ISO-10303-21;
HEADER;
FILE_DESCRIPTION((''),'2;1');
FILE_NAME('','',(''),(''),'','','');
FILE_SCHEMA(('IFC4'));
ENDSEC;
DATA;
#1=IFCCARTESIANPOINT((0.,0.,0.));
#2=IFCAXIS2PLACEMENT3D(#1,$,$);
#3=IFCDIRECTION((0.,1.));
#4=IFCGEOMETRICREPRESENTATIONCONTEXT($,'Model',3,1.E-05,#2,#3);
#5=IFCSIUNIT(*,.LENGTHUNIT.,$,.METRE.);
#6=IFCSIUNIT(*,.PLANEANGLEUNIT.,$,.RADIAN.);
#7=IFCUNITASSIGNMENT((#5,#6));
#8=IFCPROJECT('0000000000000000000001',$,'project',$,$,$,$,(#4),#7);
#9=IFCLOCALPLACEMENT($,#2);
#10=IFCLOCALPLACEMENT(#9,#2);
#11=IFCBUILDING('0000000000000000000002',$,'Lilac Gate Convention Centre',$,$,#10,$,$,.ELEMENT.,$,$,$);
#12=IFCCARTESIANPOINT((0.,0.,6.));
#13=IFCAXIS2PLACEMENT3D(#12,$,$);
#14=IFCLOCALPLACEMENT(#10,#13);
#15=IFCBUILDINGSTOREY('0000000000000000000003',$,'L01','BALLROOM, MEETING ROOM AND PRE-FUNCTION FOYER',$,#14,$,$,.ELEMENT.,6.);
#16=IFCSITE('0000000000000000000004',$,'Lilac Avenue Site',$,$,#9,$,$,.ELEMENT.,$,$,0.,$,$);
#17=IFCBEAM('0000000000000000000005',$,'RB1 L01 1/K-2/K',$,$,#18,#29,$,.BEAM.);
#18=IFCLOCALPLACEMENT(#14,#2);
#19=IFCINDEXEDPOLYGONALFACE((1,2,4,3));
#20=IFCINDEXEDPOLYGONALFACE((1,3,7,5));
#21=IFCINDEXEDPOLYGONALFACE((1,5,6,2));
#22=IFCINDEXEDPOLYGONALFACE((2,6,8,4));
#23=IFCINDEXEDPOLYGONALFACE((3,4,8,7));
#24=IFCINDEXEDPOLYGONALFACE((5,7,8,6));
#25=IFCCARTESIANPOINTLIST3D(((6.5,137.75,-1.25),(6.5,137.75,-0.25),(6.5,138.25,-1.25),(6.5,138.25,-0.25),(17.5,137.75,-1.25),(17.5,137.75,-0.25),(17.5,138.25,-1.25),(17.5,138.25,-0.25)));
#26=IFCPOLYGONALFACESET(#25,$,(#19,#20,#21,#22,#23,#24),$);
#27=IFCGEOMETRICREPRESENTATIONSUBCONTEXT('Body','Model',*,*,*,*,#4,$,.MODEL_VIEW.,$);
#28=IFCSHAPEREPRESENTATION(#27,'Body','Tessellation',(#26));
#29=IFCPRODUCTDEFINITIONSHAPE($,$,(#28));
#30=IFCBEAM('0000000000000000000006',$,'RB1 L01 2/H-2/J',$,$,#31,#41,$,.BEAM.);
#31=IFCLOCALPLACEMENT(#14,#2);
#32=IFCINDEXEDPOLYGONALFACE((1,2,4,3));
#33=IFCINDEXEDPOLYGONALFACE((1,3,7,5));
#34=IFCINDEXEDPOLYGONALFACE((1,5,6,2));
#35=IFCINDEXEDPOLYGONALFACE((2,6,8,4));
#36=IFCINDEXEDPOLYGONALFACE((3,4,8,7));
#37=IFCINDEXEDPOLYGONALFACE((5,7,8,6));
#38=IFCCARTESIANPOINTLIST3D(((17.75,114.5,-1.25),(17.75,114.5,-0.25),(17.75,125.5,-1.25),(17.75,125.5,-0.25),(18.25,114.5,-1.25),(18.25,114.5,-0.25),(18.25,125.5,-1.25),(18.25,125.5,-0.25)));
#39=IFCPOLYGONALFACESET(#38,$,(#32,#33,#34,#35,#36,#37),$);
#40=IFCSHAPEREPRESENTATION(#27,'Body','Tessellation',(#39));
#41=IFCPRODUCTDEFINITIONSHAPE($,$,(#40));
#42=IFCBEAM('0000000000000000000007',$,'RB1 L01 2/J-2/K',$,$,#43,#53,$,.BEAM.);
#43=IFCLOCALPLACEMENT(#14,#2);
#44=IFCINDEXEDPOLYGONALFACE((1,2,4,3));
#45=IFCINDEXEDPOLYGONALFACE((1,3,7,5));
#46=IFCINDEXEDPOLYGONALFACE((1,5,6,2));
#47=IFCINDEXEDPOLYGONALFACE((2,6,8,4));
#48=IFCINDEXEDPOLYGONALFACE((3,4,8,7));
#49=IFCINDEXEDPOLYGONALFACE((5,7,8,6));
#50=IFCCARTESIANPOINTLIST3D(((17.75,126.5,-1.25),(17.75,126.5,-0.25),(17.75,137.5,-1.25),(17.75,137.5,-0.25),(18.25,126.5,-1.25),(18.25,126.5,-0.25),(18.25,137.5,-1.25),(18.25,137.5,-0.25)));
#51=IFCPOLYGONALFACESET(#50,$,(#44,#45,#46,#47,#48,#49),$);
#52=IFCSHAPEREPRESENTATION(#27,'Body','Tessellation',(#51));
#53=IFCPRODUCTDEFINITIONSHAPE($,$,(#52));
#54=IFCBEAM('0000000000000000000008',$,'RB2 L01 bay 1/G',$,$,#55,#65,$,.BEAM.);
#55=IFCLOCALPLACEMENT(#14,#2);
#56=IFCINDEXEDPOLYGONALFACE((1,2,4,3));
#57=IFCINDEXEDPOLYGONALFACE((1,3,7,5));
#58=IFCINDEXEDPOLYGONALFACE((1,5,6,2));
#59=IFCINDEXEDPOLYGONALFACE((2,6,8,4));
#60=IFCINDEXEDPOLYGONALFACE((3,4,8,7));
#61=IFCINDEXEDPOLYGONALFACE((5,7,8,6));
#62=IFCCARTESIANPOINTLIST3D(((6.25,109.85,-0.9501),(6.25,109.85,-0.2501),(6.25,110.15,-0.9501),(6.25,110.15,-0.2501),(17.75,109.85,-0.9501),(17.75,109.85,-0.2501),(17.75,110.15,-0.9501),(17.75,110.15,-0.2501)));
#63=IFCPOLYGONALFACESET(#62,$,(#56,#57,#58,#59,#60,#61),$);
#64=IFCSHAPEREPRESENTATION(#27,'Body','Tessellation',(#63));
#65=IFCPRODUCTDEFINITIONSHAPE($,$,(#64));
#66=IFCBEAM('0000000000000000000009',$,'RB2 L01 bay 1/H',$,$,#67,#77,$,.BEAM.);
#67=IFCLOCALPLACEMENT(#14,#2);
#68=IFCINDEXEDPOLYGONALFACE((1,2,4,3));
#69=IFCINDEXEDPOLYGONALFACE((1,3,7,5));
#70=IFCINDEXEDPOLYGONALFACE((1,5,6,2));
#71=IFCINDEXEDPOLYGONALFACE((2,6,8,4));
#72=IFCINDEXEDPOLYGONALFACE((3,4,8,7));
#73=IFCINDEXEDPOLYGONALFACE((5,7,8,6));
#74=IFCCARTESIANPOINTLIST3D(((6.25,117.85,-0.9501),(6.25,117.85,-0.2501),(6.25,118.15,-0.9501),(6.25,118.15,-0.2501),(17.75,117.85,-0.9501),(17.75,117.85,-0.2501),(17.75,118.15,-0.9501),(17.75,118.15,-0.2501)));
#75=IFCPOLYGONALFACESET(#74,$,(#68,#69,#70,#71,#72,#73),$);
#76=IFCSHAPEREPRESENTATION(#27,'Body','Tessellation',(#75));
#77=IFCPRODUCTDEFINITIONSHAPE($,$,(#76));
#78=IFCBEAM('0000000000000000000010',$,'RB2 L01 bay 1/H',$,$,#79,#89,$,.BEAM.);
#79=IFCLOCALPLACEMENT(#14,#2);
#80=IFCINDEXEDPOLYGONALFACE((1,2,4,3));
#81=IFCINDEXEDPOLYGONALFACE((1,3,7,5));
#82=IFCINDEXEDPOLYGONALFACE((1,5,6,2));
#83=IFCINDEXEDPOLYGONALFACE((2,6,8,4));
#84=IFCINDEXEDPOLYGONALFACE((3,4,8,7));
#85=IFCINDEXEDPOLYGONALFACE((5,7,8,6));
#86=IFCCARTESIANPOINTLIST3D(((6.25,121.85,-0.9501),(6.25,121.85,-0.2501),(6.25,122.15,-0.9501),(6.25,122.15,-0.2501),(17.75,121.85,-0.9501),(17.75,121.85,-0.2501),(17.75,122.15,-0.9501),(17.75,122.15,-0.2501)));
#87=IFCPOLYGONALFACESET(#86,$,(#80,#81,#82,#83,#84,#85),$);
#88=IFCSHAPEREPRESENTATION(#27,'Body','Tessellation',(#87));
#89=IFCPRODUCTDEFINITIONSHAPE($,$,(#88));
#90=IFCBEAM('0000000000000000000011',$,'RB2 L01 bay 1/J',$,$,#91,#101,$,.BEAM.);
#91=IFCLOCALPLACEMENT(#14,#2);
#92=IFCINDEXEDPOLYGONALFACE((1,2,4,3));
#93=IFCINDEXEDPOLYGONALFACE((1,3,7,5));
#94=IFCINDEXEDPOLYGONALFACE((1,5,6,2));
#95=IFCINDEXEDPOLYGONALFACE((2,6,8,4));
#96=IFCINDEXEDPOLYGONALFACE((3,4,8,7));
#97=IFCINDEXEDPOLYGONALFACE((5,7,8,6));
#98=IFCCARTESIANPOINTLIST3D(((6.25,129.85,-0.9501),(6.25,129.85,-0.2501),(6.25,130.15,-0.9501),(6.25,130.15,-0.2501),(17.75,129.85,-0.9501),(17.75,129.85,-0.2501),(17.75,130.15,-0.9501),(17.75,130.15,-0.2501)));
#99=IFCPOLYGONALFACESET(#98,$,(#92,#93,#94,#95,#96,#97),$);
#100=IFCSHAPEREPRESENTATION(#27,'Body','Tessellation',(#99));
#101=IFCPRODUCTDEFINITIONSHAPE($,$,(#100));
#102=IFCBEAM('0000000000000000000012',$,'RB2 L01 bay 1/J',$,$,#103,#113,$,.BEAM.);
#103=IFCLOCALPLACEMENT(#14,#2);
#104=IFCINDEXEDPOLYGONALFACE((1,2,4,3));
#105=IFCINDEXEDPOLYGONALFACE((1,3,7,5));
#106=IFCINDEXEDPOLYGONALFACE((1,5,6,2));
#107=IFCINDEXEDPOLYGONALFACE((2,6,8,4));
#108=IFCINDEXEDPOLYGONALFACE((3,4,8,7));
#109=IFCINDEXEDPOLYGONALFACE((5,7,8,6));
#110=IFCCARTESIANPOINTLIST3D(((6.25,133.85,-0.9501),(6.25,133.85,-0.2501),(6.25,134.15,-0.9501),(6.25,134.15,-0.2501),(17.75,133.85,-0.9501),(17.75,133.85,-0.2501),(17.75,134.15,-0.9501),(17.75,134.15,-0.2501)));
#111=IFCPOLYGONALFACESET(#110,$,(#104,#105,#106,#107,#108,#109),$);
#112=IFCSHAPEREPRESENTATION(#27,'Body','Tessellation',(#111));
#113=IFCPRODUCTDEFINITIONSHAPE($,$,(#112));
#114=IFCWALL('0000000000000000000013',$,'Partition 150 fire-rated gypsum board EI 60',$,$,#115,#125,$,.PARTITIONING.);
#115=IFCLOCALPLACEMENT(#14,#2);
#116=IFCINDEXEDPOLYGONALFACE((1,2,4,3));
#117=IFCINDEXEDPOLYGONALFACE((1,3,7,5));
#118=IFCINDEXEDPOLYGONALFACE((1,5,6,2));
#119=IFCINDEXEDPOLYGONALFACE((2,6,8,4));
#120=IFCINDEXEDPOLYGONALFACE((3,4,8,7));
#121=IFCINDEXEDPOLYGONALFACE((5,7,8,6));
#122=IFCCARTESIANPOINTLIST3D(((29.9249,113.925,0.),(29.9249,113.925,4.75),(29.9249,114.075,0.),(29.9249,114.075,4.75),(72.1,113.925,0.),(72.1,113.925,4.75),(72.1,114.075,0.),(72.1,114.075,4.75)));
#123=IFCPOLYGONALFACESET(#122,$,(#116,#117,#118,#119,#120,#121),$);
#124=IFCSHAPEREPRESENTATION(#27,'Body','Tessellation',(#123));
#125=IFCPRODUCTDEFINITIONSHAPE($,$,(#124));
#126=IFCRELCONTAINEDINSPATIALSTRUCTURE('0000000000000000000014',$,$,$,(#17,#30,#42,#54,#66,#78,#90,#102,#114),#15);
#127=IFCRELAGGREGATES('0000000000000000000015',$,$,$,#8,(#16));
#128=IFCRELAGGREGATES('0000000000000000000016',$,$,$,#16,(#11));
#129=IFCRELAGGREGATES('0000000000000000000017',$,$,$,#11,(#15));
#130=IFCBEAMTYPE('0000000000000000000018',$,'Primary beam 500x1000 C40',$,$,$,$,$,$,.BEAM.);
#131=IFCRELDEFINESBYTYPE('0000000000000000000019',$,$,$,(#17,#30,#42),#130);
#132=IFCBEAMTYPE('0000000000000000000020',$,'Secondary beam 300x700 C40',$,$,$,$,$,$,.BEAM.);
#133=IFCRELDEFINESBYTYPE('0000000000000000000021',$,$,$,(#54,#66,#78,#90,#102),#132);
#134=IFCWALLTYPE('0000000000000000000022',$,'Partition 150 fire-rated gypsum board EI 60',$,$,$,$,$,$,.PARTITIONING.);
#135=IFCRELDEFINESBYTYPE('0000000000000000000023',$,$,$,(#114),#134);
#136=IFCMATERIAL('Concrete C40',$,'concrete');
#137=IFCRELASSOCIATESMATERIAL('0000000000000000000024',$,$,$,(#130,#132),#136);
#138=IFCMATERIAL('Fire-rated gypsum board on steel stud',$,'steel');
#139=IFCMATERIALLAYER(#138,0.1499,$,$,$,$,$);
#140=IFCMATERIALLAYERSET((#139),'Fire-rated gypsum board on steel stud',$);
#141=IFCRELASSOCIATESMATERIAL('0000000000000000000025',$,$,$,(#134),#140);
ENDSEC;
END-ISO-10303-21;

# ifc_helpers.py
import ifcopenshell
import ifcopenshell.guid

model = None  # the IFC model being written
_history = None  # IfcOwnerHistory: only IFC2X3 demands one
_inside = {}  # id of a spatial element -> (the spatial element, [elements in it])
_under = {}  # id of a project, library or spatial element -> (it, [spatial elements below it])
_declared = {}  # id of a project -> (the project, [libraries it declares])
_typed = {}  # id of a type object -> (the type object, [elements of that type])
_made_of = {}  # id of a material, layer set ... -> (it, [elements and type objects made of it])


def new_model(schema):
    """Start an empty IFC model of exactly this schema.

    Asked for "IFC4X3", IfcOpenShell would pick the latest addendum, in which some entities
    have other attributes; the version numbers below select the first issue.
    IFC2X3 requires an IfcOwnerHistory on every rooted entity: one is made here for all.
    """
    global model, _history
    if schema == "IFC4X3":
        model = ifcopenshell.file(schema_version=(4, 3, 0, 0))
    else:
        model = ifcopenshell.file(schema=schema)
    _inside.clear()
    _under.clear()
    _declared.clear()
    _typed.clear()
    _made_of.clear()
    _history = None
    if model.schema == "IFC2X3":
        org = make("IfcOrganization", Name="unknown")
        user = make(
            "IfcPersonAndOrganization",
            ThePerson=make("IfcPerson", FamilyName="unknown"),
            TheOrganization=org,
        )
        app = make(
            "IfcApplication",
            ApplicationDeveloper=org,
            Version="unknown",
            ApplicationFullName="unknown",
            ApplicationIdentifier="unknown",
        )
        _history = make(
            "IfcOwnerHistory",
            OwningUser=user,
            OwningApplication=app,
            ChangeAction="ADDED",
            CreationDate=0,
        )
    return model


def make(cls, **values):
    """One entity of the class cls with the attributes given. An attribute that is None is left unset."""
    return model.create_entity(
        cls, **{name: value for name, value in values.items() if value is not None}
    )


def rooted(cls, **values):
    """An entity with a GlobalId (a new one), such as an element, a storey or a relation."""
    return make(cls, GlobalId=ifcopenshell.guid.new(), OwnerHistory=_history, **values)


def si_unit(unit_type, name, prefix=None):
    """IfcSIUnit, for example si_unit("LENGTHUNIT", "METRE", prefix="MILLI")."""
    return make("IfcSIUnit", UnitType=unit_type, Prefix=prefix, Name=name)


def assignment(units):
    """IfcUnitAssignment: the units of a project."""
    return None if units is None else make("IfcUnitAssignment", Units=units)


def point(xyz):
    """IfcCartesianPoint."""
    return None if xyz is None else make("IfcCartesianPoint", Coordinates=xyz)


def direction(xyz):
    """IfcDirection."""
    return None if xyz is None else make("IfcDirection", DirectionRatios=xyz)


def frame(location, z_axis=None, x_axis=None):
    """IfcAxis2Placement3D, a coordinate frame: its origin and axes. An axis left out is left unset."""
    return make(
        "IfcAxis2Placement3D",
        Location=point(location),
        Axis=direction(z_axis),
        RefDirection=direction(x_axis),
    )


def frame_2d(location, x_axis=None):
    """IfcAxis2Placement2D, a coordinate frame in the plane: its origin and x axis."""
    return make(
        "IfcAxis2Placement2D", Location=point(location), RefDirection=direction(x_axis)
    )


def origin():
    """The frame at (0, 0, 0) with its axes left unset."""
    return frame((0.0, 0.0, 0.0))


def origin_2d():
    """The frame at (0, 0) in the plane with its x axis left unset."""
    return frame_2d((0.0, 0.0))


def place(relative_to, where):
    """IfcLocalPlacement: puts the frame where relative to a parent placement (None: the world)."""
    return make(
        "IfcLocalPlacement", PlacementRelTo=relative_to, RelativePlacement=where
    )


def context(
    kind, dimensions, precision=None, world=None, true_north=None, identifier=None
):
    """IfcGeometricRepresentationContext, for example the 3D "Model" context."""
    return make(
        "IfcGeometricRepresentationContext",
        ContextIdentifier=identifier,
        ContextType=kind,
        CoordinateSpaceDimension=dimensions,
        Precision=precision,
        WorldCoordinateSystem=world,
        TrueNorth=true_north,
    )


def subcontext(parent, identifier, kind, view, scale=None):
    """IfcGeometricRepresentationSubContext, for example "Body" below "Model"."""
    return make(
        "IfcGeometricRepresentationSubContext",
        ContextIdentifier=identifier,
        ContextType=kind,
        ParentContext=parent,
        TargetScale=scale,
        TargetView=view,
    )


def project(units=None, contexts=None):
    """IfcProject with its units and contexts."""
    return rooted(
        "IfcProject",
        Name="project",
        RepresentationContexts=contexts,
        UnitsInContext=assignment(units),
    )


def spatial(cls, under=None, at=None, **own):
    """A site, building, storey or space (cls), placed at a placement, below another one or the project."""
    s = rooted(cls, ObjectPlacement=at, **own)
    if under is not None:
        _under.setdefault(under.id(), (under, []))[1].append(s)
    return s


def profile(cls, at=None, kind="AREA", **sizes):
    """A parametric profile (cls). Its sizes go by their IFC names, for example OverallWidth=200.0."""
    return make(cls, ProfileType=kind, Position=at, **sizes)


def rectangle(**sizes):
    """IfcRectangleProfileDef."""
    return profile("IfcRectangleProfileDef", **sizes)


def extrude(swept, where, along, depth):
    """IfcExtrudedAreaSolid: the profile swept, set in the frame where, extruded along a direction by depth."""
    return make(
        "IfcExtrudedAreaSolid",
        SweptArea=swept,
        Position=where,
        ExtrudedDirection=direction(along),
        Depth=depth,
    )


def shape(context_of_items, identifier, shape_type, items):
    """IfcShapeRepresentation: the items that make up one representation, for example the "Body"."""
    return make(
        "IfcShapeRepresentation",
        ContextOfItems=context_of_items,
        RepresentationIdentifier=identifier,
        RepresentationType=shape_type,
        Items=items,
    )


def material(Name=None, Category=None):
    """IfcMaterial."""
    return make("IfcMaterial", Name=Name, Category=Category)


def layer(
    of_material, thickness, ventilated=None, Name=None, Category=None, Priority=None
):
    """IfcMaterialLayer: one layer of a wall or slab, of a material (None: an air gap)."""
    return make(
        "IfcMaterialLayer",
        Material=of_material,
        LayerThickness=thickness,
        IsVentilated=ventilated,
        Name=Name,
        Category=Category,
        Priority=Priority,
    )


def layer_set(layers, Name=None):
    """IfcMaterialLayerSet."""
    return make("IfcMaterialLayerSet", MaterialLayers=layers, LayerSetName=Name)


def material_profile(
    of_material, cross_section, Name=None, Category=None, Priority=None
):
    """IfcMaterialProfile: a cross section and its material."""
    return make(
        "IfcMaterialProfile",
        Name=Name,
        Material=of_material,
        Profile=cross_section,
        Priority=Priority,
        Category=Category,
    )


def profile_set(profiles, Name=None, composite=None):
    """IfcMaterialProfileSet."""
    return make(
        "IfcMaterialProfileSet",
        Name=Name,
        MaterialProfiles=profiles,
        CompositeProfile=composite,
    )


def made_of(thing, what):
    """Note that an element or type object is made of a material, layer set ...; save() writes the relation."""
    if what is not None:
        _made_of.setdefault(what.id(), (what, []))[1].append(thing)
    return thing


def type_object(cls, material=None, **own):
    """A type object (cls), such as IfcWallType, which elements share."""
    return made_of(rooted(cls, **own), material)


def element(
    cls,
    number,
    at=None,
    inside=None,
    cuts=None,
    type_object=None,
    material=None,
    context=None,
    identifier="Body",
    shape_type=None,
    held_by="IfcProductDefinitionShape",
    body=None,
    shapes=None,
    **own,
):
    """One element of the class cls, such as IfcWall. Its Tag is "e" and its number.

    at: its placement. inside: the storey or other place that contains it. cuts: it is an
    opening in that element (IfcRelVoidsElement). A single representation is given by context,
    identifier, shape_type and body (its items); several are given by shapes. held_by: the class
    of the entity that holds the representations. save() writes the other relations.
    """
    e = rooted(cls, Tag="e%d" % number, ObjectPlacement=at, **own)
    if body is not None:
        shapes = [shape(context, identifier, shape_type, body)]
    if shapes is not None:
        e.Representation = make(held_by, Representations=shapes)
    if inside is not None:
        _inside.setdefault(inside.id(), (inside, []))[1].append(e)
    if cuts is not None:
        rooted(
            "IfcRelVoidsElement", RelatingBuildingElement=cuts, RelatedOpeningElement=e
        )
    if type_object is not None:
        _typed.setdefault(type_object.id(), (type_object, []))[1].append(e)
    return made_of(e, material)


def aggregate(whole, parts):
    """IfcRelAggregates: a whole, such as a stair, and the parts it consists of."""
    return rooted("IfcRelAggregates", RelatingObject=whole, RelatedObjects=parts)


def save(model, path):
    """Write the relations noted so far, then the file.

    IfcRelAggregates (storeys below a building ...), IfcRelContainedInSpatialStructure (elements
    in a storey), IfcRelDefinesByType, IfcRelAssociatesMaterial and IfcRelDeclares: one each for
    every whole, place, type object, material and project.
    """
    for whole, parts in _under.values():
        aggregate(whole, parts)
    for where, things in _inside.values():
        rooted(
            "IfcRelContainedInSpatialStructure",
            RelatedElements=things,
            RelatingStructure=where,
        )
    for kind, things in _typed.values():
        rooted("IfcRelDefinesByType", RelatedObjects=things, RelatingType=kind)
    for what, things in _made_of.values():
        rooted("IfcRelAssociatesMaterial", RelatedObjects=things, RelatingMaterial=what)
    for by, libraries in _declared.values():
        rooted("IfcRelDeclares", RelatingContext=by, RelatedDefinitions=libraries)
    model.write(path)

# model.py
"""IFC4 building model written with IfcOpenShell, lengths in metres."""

from ifc_helpers import new_model, si_unit, direction, frame, frame_2d, origin, origin_2d, place, context, subcontext, project, spatial, rectangle, extrude, material, layer, layer_set, material_profile, profile_set, type_object, element, save


model = new_model("IFC4")

# Units and contexts
model_context = context("Model", 3, precision=1e-05, world=origin(), true_north=direction((0.0, 1.0)))
body_context = subcontext(model_context, "Body", "Model", "MODEL_VIEW")
ifc_project = project(units=[si_unit("LENGTHUNIT", "METRE"), si_unit("PLANEANGLEUNIT", "RADIAN")], contexts=[model_context])

# Site, building, storey
site_placement = place(None, origin())
site = spatial("IfcSite", under=ifc_project, at=site_placement, Name="Lilac Avenue Site", CompositionType="ELEMENT", RefElevation=0.0)
building_placement = place(site_placement, origin())
building = spatial("IfcBuilding", under=site, at=building_placement, Name="Lilac Gate Convention Centre", CompositionType="ELEMENT")
storey_placement = place(building_placement, frame((0.0, 0.0, 6.0)))
storey = spatial("IfcBuildingStorey", under=building, at=storey_placement, Name="L01", Description="BALLROOM, MEETING ROOM AND PRE-FUNCTION FOYER", CompositionType="ELEMENT", Elevation=6.0)

# Shared definitions
ifc_material_1 = material(Name="Concrete C40", Category="concrete")

# Beams
ifc_material_profile_1 = material_profile(ifc_material_1, rectangle(XDim=0.5, YDim=1.0, at=origin_2d()), Name="RC 500x1000")
ifc_profile_set_1 = profile_set([ifc_material_profile_1], Name="Concrete C40")
beam_type_1 = type_object("IfcBeamType", Name="Primary beam 500x1000 C40", PredefinedType="BEAM", material=ifc_profile_set_1)
for number, where, z_axis, x_axis, name in (
    (1, (6.5, 138.0, -0.75), (1.0, 0.0, 0.0), (0.0, 1.0, 0.0), "RB1 L01 1/K-2/K"),
    (2, (18.0, 114.5, -0.75), (0.0, 1.0, 0.0), (-1.0, 0.0, 0.0), "RB1 L01 2/H-2/J"),
    (3, (18.0, 126.5, -0.75), (0.0, 1.0, 0.0), (-1.0, 0.0, 0.0), "RB1 L01 2/J-2/K"),
):
    element("IfcBeam", number, at=place(storey_placement, frame(where, z_axis=z_axis, x_axis=x_axis)), inside=storey, type_object=beam_type_1, Name=name, PredefinedType="BEAM", context=body_context, shape_type="SweptSolid", body=[
        extrude(rectangle(XDim=0.5, YDim=1.0, at=origin_2d()), origin(), (0.0, 0.0, 1.0), 11.0),
    ])
ifc_material_profile_2 = material_profile(ifc_material_1, rectangle(XDim=0.3, YDim=0.7, at=origin_2d()), Name="RC 300x700")
ifc_profile_set_2 = profile_set([ifc_material_profile_2], Name="Concrete C40")
beam_type_2 = type_object("IfcBeamType", Name="Secondary beam 300x700 C40", PredefinedType="BEAM", material=ifc_profile_set_2)
for number, where, z_axis, x_axis, name in (
    (4, (6.25, 110.0, -0.6001), (1.0, 0.0, 0.0), (0.0, 1.0, 0.0), "RB2 L01 bay 1/G"),
    (5, (6.25, 118.0, -0.6001), (1.0, 0.0, 0.0), (0.0, 1.0, 0.0), "RB2 L01 bay 1/H"),
    (6, (6.25, 122.0, -0.6001), (1.0, 0.0, 0.0), (0.0, 1.0, 0.0), "RB2 L01 bay 1/H"),
    (7, (6.25, 130.0, -0.6001), (1.0, 0.0, 0.0), (0.0, 1.0, 0.0), "RB2 L01 bay 1/J"),
    (8, (6.25, 134.0, -0.6001), (1.0, 0.0, 0.0), (0.0, 1.0, 0.0), "RB2 L01 bay 1/J"),
):
    element("IfcBeam", number, at=place(storey_placement, frame(where, z_axis=z_axis, x_axis=x_axis)), inside=storey, type_object=beam_type_2, Name=name, PredefinedType="BEAM", context=body_context, shape_type="SweptSolid", body=[
        extrude(rectangle(XDim=0.3, YDim=0.7, at=origin_2d()), origin(), (0.0, 0.0, 1.0), 11.5),
    ])

# Wall
ifc_material_2 = material(Name="Fire-rated gypsum board on steel stud", Category="steel")
ifc_layer = layer(ifc_material_2, 0.1499)
ifc_layer_set = layer_set([ifc_layer], Name="Fire-rated gypsum board on steel stud")
wall_type = type_object("IfcWallType", Name="Partition 150 fire-rated gypsum board EI 60", PredefinedType="PARTITIONING", material=ifc_layer_set)
wall_placement = place(storey_placement, frame((29.925, 114.0, 0.0), z_axis=(0.0, 0.0, 1.0), x_axis=(1.0, 0.0, 0.0)))
element("IfcWall", 9, at=wall_placement, inside=storey, type_object=wall_type, Name="Partition 150 fire-rated gypsum board EI 60", PredefinedType="PARTITIONING", context=body_context, shape_type="SweptSolid", body=[
    extrude(rectangle(XDim=42.175, YDim=0.1499, at=frame_2d((21.0874, 0.0))), origin(), (0.0, 0.0, 1.0), 4.75),
])

save(model, "model.ifc")
